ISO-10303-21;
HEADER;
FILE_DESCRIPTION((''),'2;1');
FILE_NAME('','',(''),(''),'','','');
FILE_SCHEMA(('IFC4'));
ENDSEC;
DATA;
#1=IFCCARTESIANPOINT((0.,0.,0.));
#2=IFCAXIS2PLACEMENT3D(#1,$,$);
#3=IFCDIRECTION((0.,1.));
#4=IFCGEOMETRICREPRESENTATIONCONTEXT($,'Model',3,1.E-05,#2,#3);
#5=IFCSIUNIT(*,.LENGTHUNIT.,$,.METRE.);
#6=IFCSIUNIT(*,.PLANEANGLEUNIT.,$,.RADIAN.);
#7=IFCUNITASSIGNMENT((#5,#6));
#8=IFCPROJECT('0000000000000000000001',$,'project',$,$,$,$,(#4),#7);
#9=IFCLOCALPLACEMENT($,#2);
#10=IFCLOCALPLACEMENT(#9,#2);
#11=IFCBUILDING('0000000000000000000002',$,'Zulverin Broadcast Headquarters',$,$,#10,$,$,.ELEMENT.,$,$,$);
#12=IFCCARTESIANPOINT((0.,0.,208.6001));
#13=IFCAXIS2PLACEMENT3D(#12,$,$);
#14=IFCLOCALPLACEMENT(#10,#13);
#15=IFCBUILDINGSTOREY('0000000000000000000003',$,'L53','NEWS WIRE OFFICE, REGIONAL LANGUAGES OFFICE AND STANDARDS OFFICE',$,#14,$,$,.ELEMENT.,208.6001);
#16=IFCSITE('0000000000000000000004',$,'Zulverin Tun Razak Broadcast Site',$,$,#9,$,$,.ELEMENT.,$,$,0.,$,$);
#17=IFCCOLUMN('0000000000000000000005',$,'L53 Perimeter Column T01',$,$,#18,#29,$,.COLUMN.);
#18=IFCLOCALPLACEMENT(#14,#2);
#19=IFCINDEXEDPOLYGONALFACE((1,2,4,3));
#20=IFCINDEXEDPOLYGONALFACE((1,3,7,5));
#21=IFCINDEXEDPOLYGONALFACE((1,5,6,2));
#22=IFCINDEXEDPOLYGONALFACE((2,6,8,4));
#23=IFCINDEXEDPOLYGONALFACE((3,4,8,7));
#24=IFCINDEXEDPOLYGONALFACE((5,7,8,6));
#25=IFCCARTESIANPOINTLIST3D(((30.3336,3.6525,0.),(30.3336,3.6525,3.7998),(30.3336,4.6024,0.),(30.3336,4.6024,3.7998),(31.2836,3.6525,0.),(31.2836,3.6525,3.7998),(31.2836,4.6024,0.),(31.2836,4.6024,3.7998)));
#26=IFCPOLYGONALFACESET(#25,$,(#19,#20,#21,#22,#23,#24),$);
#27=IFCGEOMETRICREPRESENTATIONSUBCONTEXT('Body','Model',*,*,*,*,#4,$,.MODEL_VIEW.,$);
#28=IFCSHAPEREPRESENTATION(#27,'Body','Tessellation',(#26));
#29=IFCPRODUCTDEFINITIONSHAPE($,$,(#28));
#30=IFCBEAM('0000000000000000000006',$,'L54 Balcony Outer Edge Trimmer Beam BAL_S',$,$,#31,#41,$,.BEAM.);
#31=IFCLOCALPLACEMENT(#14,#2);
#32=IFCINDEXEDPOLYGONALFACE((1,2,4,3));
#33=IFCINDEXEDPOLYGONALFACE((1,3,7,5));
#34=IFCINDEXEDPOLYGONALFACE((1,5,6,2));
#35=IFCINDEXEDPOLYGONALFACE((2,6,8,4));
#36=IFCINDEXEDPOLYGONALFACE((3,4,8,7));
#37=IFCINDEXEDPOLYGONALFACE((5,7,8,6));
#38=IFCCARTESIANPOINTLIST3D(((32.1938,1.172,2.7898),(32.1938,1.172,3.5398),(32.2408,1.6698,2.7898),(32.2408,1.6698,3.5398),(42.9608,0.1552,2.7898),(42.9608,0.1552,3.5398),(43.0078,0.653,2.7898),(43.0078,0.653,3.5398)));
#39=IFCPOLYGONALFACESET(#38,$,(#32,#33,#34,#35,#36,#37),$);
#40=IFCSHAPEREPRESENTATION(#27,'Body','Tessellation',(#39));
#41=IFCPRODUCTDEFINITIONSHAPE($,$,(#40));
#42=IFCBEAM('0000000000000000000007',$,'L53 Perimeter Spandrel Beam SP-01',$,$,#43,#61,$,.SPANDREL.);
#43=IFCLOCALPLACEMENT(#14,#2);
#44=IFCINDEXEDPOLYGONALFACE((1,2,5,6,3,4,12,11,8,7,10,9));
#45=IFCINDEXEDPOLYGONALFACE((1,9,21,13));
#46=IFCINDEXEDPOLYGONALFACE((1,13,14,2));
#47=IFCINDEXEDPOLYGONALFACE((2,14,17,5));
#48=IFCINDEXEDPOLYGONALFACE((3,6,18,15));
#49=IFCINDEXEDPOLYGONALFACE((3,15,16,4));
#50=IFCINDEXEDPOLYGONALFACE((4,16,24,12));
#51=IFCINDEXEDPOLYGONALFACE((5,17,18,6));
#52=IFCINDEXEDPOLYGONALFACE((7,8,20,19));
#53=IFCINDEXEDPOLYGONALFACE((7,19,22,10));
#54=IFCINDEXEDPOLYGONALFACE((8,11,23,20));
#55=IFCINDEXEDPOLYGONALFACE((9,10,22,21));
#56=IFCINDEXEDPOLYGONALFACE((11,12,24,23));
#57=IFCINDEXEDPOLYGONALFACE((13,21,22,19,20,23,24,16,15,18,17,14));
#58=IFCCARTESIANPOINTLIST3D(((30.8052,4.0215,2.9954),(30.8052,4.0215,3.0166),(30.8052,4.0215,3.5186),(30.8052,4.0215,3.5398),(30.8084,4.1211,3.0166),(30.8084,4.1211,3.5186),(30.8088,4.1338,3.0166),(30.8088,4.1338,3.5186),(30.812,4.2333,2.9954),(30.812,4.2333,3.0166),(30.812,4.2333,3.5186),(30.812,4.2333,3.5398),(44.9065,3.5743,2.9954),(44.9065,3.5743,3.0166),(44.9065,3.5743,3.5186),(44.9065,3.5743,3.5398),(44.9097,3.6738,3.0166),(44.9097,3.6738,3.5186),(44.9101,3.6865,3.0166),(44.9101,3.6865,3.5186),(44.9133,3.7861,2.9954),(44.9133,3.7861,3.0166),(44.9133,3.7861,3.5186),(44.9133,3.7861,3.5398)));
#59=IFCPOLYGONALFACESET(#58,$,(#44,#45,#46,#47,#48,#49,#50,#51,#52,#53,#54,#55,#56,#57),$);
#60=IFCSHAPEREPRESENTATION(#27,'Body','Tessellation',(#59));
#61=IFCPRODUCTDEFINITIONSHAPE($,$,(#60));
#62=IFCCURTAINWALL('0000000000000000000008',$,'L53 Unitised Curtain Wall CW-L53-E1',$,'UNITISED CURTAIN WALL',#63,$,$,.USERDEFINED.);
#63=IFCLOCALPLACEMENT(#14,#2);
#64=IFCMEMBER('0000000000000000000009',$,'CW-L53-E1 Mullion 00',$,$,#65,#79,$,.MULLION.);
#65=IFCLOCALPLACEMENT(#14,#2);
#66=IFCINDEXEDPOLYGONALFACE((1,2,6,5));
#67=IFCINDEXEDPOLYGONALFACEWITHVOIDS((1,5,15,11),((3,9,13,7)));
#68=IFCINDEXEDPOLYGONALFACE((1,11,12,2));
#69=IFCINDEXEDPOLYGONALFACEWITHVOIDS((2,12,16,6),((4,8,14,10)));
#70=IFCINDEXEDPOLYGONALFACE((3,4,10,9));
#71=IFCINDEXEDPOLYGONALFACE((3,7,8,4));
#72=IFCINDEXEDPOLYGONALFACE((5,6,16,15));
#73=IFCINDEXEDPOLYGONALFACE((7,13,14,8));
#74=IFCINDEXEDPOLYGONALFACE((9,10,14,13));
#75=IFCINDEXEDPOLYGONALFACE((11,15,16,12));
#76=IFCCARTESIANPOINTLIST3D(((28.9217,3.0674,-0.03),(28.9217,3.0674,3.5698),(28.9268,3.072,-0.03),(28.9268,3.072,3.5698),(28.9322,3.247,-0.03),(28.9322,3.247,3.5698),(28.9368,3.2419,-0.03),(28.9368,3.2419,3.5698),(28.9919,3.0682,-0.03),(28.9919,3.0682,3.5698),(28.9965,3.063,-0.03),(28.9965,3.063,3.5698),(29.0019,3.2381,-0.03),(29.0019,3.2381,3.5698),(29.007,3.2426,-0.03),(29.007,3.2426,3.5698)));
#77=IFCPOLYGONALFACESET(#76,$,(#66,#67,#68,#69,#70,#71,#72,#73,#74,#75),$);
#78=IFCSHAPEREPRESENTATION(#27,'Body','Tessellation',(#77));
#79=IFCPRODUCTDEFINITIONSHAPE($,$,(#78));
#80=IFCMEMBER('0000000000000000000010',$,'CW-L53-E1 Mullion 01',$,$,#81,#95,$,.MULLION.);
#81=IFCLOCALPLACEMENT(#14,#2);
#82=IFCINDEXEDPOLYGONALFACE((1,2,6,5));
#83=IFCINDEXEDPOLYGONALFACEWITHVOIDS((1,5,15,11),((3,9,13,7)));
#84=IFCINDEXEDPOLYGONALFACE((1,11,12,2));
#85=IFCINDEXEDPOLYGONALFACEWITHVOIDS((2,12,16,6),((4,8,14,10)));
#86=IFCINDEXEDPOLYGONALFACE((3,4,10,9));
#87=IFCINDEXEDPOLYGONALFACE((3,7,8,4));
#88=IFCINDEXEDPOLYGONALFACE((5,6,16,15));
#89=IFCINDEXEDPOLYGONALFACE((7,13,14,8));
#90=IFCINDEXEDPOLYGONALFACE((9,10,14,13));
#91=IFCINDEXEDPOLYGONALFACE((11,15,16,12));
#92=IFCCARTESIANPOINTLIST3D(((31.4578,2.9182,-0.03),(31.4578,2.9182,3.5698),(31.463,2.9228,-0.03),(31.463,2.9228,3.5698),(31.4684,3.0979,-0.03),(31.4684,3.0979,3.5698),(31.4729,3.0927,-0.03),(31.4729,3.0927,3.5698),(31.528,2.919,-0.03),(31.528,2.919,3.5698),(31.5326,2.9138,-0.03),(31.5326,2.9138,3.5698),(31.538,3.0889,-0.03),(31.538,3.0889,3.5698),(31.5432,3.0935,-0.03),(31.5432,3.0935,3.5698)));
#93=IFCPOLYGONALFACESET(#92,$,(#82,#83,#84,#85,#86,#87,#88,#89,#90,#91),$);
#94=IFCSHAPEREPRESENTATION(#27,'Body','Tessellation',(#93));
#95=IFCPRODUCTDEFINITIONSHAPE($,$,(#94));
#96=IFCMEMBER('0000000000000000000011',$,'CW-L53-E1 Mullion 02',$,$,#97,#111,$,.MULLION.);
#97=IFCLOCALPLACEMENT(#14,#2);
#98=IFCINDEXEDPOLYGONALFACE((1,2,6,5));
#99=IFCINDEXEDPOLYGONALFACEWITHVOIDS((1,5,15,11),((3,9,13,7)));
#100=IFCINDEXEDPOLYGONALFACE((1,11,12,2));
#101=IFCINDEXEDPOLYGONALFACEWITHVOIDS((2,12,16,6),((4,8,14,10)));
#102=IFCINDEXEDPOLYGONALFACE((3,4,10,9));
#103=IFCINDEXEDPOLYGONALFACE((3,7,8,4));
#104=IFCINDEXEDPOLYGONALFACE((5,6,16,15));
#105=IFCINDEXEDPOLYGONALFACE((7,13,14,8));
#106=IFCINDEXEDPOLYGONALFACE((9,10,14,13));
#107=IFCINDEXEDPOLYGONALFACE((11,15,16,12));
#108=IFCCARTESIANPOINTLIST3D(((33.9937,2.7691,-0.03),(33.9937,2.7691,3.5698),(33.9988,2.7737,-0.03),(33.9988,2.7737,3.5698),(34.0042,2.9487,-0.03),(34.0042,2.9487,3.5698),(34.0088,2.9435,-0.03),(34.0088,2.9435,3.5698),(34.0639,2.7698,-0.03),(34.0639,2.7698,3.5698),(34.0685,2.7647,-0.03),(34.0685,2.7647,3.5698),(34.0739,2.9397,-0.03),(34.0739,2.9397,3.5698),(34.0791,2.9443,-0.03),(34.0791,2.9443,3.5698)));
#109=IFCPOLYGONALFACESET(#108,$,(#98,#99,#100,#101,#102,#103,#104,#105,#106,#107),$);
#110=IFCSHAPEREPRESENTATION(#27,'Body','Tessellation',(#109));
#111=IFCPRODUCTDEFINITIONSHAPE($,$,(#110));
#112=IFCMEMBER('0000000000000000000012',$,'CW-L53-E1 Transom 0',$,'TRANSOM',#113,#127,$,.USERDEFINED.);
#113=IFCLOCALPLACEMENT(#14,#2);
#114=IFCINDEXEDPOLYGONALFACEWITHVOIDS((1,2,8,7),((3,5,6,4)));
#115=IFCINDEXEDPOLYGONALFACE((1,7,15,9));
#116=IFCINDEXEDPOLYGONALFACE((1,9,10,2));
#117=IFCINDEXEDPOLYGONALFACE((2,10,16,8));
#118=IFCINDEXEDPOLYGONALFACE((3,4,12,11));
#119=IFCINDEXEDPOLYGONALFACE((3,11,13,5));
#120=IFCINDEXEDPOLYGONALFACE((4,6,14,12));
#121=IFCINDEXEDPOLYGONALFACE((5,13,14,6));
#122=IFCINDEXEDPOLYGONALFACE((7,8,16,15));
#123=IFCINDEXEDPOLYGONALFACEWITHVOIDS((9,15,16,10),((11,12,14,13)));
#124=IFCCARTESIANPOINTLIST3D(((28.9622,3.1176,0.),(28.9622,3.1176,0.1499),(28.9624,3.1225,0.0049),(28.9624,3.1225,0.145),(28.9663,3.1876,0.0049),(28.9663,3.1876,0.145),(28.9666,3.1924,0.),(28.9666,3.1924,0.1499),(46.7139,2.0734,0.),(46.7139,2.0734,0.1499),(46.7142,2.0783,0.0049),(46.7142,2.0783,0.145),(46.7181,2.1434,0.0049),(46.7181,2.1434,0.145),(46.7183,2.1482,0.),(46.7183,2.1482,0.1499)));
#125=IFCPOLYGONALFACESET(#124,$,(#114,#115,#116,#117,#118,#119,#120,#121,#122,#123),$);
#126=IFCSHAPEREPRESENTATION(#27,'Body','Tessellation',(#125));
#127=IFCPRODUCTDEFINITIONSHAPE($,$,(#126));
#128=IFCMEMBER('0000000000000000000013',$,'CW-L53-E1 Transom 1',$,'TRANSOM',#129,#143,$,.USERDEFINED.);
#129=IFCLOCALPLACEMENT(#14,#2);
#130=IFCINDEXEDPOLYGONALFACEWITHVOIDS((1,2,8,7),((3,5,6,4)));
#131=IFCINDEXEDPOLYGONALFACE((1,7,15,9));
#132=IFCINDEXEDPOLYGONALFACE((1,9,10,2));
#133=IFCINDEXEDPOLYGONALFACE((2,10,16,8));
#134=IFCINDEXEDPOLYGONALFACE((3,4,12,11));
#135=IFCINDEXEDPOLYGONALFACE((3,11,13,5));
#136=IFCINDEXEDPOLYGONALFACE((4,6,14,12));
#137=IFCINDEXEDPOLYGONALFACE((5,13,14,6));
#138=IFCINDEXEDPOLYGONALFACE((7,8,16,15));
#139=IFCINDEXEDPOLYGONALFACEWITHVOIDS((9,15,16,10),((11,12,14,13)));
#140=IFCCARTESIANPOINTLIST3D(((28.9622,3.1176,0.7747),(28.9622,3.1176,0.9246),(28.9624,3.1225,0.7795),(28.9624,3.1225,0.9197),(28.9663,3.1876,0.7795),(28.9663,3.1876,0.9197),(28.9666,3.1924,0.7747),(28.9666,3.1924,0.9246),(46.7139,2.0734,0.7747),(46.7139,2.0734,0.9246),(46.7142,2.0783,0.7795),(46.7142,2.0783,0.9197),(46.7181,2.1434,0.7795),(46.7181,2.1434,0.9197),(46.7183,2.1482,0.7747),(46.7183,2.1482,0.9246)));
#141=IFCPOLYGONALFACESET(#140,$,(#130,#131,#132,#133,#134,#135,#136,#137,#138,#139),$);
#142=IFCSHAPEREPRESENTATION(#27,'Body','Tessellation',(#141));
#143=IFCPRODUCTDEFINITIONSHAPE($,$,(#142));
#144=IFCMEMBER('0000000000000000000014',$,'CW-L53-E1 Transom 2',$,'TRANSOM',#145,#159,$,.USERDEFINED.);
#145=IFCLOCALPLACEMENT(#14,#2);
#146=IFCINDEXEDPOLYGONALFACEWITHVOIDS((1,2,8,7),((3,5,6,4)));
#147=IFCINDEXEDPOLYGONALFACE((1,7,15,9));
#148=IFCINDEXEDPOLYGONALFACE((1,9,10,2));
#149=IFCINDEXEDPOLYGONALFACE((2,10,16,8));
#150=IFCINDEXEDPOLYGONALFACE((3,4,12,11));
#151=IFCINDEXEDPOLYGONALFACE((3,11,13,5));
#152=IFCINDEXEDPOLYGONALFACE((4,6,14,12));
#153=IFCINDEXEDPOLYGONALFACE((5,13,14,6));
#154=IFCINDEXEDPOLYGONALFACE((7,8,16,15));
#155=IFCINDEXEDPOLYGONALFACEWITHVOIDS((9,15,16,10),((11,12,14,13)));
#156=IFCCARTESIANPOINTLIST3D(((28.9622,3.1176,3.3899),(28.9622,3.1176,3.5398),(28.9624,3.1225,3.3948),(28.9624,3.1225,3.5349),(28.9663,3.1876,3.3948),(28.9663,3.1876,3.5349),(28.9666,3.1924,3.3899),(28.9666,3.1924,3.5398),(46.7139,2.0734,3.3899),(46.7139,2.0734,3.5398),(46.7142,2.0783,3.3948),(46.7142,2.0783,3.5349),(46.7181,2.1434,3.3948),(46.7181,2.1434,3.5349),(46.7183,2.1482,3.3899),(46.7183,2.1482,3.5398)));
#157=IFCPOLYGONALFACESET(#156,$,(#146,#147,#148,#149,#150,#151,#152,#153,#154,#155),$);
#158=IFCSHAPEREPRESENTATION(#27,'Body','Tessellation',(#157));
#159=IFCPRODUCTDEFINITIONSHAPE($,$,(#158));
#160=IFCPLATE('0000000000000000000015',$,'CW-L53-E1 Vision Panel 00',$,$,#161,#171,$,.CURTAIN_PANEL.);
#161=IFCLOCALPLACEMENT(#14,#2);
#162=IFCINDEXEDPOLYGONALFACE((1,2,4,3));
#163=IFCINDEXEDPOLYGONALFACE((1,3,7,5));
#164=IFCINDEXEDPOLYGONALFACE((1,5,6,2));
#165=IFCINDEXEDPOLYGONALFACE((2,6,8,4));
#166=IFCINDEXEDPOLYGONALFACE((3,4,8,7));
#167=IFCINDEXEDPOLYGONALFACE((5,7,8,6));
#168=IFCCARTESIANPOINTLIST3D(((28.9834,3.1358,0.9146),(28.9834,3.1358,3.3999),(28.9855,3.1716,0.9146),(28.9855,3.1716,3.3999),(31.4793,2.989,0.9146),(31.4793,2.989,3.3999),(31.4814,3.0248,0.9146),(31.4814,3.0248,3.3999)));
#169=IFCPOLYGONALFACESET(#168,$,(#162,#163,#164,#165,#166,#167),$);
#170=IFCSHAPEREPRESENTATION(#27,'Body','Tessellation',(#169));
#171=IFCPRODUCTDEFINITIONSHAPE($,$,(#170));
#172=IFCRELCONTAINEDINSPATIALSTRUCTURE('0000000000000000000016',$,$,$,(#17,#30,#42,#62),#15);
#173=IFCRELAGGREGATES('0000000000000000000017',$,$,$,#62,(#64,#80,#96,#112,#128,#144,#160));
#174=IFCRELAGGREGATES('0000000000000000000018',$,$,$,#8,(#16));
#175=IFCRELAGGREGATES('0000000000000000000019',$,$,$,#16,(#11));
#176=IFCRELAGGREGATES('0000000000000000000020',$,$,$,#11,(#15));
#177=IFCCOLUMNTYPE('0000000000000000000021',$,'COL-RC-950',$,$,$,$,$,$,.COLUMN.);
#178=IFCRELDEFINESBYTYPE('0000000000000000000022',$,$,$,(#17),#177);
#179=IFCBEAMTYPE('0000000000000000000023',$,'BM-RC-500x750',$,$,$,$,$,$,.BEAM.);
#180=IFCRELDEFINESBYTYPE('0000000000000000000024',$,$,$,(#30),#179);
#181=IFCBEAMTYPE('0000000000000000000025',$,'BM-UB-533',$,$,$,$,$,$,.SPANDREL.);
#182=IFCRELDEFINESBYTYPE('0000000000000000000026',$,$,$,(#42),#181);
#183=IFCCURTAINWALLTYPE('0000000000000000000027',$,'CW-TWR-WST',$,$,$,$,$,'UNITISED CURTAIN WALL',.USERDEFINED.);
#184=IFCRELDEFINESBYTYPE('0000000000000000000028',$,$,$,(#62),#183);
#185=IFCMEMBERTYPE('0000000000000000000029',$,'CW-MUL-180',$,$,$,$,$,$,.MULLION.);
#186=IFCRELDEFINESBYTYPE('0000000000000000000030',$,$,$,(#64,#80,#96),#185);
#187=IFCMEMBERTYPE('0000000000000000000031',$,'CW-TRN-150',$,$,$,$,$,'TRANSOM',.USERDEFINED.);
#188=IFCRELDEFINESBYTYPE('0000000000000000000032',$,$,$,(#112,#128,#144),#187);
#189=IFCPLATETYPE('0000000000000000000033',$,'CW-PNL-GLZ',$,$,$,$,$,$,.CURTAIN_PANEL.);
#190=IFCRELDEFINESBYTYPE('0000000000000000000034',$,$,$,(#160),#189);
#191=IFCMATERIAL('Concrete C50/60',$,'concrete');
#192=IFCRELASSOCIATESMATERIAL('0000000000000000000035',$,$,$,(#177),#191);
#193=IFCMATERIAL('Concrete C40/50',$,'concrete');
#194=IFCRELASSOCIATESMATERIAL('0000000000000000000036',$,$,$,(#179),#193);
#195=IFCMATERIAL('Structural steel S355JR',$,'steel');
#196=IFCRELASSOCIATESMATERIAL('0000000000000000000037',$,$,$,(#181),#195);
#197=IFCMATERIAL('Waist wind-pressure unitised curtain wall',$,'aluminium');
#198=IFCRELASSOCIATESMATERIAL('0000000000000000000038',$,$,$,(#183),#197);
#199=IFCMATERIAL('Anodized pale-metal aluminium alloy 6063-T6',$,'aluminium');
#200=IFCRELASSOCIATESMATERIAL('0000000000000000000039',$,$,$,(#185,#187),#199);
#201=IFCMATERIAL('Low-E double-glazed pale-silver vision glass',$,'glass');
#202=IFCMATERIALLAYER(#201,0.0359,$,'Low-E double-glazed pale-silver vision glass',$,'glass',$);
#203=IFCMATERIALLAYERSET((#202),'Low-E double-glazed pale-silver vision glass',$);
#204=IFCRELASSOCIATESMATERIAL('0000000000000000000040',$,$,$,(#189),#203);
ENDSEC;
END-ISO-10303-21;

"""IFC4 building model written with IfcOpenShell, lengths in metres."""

from ifc_helpers import new_model, si_unit, direction, frame, origin, origin_2d, place, context, subcontext, project, spatial, rectangle, hollow_rectangle, i_section, extrude, material, layer, layer_set, material_profile, profile_set, type_object, element, aggregate, save


model = new_model("IFC4")

# Units and contexts
model_context = context("Model", 3, precision=1e-05, world=origin(), true_north=direction((0.0, 1.0)))
body_context = subcontext(model_context, "Body", "Model", "MODEL_VIEW")
ifc_project = project(units=[si_unit("LENGTHUNIT", "METRE"), si_unit("PLANEANGLEUNIT", "RADIAN")], contexts=[model_context])

# Site, building, storey
site_placement = place(None, origin())
site = spatial("IfcSite", under=ifc_project, at=site_placement, Name="Zulverin Tun Razak Broadcast Site", CompositionType="ELEMENT", RefElevation=0.0)
building_placement = place(site_placement, origin())
building = spatial("IfcBuilding", under=site, at=building_placement, Name="Zulverin Broadcast Headquarters", CompositionType="ELEMENT")
storey_placement = place(building_placement, frame((0.0, 0.0, 208.6001)))
storey = spatial("IfcBuildingStorey", under=building, at=storey_placement, Name="L53", Description="NEWS WIRE OFFICE, REGIONAL LANGUAGES OFFICE AND STANDARDS OFFICE", CompositionType="ELEMENT", Elevation=208.6001)

# Column
ifc_material_1 = material(Name="Concrete C50/60", Category="concrete")
ifc_material_profile_1 = material_profile(ifc_material_1, rectangle(XDim=0.95, YDim=0.95, at=origin_2d()), Name="Concrete C50/60", Category="concrete")
ifc_profile_set_1 = profile_set([ifc_material_profile_1], Name="Concrete C50/60")
column_type = type_object("IfcColumnType", Name="COL-RC-950", PredefinedType="COLUMN", material=ifc_profile_set_1)
column_placement = place(storey_placement, frame((30.8086, 4.1274, 0.0), z_axis=(0.0, 0.0, 1.0), x_axis=(1.0, 0.0, 0.0)))
element("IfcColumn", 1, at=column_placement, inside=storey, type_object=column_type, Name="L53 Perimeter Column T01", PredefinedType="COLUMN", context=body_context, shape_type="SweptSolid", body=[
    extrude(rectangle(XDim=0.95, YDim=0.95, at=origin_2d()), origin(), (0.0, 0.0, 1.0), 3.7998),
])

# Beams
ifc_material_2 = material(Name="Concrete C40/50", Category="concrete")
ifc_material_profile_2 = material_profile(ifc_material_2, rectangle(XDim=0.5, YDim=0.75, at=origin_2d()), Name="Concrete C40/50", Category="concrete")
ifc_profile_set_2 = profile_set([ifc_material_profile_2], Name="Concrete C40/50")
beam_type_1 = type_object("IfcBeamType", Name="BM-RC-500x750", PredefinedType="BEAM", material=ifc_profile_set_2)
beam_1_placement = place(storey_placement, frame((32.2173, 1.4209, 3.1648), z_axis=(0.99557, -0.094022, 0.0), x_axis=(0.094022, 0.99557, 0.0)))
element("IfcBeam", 2, at=beam_1_placement, inside=storey, type_object=beam_type_1, Name="L54 Balcony Outer Edge Trimmer Beam BAL_S", PredefinedType="BEAM", context=body_context, shape_type="SweptSolid", body=[
    extrude(rectangle(XDim=0.5, YDim=0.75, at=origin_2d()), origin(), (0.0, 0.0, 1.0), 10.8149),
])
ifc_material_3 = material(Name="Structural steel S355JR", Category="steel")
ifc_material_profile_3 = material_profile(ifc_material_3, i_section(OverallWidth=0.2119, OverallDepth=0.5444, WebThickness=0.0127, FlangeThickness=0.0212, at=origin_2d()), Name="Structural steel S355JR", Category="steel")
ifc_profile_set_3 = profile_set([ifc_material_profile_3], Name="Structural steel S355JR")
beam_type_2 = type_object("IfcBeamType", Name="BM-UB-533", PredefinedType="SPANDREL", material=ifc_profile_set_3)
beam_2_placement = place(storey_placement, frame((30.8086, 4.1274, 3.2676), z_axis=(0.999497, -0.031702, 0.0), x_axis=(0.031702, 0.999497, 0.0)))
element("IfcBeam", 3, at=beam_2_placement, inside=storey, type_object=beam_type_2, Name="L53 Perimeter Spandrel Beam SP-01", PredefinedType="SPANDREL", context=body_context, shape_type="SweptSolid", body=[
    extrude(i_section(OverallWidth=0.2119, OverallDepth=0.5444, WebThickness=0.0127, FlangeThickness=0.0212, at=origin_2d()), origin(), (0.0, 0.0, 1.0), 14.1084),
])

# Curtain wall, members, plate
ifc_material_4 = material(Name="Waist wind-pressure unitised curtain wall", Category="aluminium")
curtain_wall_type = type_object("IfcCurtainWallType", Name="CW-TWR-WST", ElementType="UNITISED CURTAIN WALL", PredefinedType="USERDEFINED", material=ifc_material_4)
curtain_wall_placement = place(storey_placement, origin())
curtain_wall = element("IfcCurtainWall", 4, at=curtain_wall_placement, inside=storey, type_object=curtain_wall_type, Name="L53 Unitised Curtain Wall CW-L53-E1", ObjectType="UNITISED CURTAIN WALL", PredefinedType="USERDEFINED")
ifc_material_5 = material(Name="Anodized pale-metal aluminium alloy 6063-T6", Category="aluminium")
ifc_material_profile_4 = material_profile(ifc_material_5, hollow_rectangle(XDim=0.075, YDim=0.1799, WallThickness=0.0049, at=origin_2d()), Name="Anodized pale-metal aluminium alloy 6063-T6", Category="aluminium")
ifc_profile_set_4 = profile_set([ifc_material_profile_4], Name="Anodized pale-metal aluminium alloy 6063-T6")
member_type_1 = type_object("IfcMemberType", Name="CW-MUL-180", PredefinedType="MULLION", material=ifc_profile_set_4)
member_1_placement = place(storey_placement, frame((28.9644, 3.155, -0.03), z_axis=(0.0, 0.0, 1.0), x_axis=(0.998274, -0.058721, 0.0)))
member_1 = element("IfcMember", 5, at=member_1_placement, type_object=member_type_1, Name="CW-L53-E1 Mullion 00", PredefinedType="MULLION", context=body_context, shape_type="SweptSolid", body=[
    extrude(hollow_rectangle(XDim=0.075, YDim=0.1799, WallThickness=0.0049, at=origin_2d()), origin(), (0.0, 0.0, 1.0), 3.5999),
])
member_2_placement = place(storey_placement, frame((31.5005, 3.0059, -0.03), z_axis=(0.0, 0.0, 1.0), x_axis=(0.998274, -0.058721, 0.0)))
member_2 = element("IfcMember", 6, at=member_2_placement, type_object=member_type_1, Name="CW-L53-E1 Mullion 01", PredefinedType="MULLION", context=body_context, shape_type="SweptSolid", body=[
    extrude(hollow_rectangle(XDim=0.075, YDim=0.1799, WallThickness=0.0049, at=origin_2d()), origin(), (0.0, 0.0, 1.0), 3.5999),
])
member_3_placement = place(storey_placement, frame((34.0364, 2.8567, -0.03), z_axis=(0.0, 0.0, 1.0), x_axis=(0.998274, -0.058721, 0.0)))
member_3 = element("IfcMember", 7, at=member_3_placement, type_object=member_type_1, Name="CW-L53-E1 Mullion 02", PredefinedType="MULLION", context=body_context, shape_type="SweptSolid", body=[
    extrude(hollow_rectangle(XDim=0.075, YDim=0.1799, WallThickness=0.0049, at=origin_2d()), origin(), (0.0, 0.0, 1.0), 3.5999),
])
ifc_material_profile_5 = material_profile(ifc_material_5, hollow_rectangle(XDim=0.075, YDim=0.1499, WallThickness=0.0049, at=origin_2d()), Name="Anodized pale-metal aluminium alloy 6063-T6", Category="aluminium")
ifc_profile_set_5 = profile_set([ifc_material_profile_5], Name="Anodized pale-metal aluminium alloy 6063-T6")
member_type_2 = type_object("IfcMemberType", Name="CW-TRN-150", ElementType="TRANSOM", PredefinedType="USERDEFINED", material=ifc_profile_set_5)
member_4_placement = place(storey_placement, frame((28.9644, 3.155, 0.075), z_axis=(0.998274, -0.05872, 0.0), x_axis=(0.05872, 0.998274, 0.0)))
member_4 = element("IfcMember", 8, at=member_4_placement, type_object=member_type_2, Name="CW-L53-E1 Transom 0", ObjectType="TRANSOM", PredefinedType="USERDEFINED", context=body_context, shape_type="SweptSolid", body=[
    extrude(hollow_rectangle(XDim=0.075, YDim=0.1499, WallThickness=0.0049, at=origin_2d()), origin(), (0.0, 0.0, 1.0), 17.7825),
])
member_5_placement = place(storey_placement, frame((28.9644, 3.155, 0.8496), z_axis=(0.998274, -0.05872, 0.0), x_axis=(0.05872, 0.998274, 0.0)))
member_5 = element("IfcMember", 9, at=member_5_placement, type_object=member_type_2, Name="CW-L53-E1 Transom 1", ObjectType="TRANSOM", PredefinedType="USERDEFINED", context=body_context, shape_type="SweptSolid", body=[
    extrude(hollow_rectangle(XDim=0.075, YDim=0.1499, WallThickness=0.0049, at=origin_2d()), origin(), (0.0, 0.0, 1.0), 17.7825),
])
member_6_placement = place(storey_placement, frame((28.9644, 3.155, 3.4648), z_axis=(0.998274, -0.05872, 0.0), x_axis=(0.05872, 0.998274, 0.0)))
member_6 = element("IfcMember", 10, at=member_6_placement, type_object=member_type_2, Name="CW-L53-E1 Transom 2", ObjectType="TRANSOM", PredefinedType="USERDEFINED", context=body_context, shape_type="SweptSolid", body=[
    extrude(hollow_rectangle(XDim=0.075, YDim=0.1499, WallThickness=0.0049, at=origin_2d()), origin(), (0.0, 0.0, 1.0), 17.7825),
])
ifc_material_6 = material(Name="Low-E double-glazed pale-silver vision glass", Category="glass")
ifc_layer_1 = layer(ifc_material_6, 0.0359, Name="Low-E double-glazed pale-silver vision glass", Category="glass")
ifc_layer_set_1 = layer_set([ifc_layer_1], Name="Low-E double-glazed pale-silver vision glass")
plate_type_1 = type_object("IfcPlateType", Name="CW-PNL-GLZ", PredefinedType="CURTAIN_PANEL", material=ifc_layer_set_1)
plate_1_placement = place(storey_placement, frame((30.2324, 3.0803, 0.9146), z_axis=(0.0, 0.0, 1.0), x_axis=(0.998274, -0.058721, 0.0)))
plate_1 = element("IfcPlate", 11, at=plate_1_placement, type_object=plate_type_1, Name="CW-L53-E1 Vision Panel 00", PredefinedType="CURTAIN_PANEL", context=body_context, shape_type="SweptSolid", body=[
    extrude(rectangle(XDim=2.5002, YDim=0.0359, at=origin_2d()), origin(), (0.0, 0.0, 1.0), 2.4854),
])
aggregate(curtain_wall, [member_1, member_2, member_3, member_4, member_5, member_6, plate_1])

save(model, "model.ifc")
